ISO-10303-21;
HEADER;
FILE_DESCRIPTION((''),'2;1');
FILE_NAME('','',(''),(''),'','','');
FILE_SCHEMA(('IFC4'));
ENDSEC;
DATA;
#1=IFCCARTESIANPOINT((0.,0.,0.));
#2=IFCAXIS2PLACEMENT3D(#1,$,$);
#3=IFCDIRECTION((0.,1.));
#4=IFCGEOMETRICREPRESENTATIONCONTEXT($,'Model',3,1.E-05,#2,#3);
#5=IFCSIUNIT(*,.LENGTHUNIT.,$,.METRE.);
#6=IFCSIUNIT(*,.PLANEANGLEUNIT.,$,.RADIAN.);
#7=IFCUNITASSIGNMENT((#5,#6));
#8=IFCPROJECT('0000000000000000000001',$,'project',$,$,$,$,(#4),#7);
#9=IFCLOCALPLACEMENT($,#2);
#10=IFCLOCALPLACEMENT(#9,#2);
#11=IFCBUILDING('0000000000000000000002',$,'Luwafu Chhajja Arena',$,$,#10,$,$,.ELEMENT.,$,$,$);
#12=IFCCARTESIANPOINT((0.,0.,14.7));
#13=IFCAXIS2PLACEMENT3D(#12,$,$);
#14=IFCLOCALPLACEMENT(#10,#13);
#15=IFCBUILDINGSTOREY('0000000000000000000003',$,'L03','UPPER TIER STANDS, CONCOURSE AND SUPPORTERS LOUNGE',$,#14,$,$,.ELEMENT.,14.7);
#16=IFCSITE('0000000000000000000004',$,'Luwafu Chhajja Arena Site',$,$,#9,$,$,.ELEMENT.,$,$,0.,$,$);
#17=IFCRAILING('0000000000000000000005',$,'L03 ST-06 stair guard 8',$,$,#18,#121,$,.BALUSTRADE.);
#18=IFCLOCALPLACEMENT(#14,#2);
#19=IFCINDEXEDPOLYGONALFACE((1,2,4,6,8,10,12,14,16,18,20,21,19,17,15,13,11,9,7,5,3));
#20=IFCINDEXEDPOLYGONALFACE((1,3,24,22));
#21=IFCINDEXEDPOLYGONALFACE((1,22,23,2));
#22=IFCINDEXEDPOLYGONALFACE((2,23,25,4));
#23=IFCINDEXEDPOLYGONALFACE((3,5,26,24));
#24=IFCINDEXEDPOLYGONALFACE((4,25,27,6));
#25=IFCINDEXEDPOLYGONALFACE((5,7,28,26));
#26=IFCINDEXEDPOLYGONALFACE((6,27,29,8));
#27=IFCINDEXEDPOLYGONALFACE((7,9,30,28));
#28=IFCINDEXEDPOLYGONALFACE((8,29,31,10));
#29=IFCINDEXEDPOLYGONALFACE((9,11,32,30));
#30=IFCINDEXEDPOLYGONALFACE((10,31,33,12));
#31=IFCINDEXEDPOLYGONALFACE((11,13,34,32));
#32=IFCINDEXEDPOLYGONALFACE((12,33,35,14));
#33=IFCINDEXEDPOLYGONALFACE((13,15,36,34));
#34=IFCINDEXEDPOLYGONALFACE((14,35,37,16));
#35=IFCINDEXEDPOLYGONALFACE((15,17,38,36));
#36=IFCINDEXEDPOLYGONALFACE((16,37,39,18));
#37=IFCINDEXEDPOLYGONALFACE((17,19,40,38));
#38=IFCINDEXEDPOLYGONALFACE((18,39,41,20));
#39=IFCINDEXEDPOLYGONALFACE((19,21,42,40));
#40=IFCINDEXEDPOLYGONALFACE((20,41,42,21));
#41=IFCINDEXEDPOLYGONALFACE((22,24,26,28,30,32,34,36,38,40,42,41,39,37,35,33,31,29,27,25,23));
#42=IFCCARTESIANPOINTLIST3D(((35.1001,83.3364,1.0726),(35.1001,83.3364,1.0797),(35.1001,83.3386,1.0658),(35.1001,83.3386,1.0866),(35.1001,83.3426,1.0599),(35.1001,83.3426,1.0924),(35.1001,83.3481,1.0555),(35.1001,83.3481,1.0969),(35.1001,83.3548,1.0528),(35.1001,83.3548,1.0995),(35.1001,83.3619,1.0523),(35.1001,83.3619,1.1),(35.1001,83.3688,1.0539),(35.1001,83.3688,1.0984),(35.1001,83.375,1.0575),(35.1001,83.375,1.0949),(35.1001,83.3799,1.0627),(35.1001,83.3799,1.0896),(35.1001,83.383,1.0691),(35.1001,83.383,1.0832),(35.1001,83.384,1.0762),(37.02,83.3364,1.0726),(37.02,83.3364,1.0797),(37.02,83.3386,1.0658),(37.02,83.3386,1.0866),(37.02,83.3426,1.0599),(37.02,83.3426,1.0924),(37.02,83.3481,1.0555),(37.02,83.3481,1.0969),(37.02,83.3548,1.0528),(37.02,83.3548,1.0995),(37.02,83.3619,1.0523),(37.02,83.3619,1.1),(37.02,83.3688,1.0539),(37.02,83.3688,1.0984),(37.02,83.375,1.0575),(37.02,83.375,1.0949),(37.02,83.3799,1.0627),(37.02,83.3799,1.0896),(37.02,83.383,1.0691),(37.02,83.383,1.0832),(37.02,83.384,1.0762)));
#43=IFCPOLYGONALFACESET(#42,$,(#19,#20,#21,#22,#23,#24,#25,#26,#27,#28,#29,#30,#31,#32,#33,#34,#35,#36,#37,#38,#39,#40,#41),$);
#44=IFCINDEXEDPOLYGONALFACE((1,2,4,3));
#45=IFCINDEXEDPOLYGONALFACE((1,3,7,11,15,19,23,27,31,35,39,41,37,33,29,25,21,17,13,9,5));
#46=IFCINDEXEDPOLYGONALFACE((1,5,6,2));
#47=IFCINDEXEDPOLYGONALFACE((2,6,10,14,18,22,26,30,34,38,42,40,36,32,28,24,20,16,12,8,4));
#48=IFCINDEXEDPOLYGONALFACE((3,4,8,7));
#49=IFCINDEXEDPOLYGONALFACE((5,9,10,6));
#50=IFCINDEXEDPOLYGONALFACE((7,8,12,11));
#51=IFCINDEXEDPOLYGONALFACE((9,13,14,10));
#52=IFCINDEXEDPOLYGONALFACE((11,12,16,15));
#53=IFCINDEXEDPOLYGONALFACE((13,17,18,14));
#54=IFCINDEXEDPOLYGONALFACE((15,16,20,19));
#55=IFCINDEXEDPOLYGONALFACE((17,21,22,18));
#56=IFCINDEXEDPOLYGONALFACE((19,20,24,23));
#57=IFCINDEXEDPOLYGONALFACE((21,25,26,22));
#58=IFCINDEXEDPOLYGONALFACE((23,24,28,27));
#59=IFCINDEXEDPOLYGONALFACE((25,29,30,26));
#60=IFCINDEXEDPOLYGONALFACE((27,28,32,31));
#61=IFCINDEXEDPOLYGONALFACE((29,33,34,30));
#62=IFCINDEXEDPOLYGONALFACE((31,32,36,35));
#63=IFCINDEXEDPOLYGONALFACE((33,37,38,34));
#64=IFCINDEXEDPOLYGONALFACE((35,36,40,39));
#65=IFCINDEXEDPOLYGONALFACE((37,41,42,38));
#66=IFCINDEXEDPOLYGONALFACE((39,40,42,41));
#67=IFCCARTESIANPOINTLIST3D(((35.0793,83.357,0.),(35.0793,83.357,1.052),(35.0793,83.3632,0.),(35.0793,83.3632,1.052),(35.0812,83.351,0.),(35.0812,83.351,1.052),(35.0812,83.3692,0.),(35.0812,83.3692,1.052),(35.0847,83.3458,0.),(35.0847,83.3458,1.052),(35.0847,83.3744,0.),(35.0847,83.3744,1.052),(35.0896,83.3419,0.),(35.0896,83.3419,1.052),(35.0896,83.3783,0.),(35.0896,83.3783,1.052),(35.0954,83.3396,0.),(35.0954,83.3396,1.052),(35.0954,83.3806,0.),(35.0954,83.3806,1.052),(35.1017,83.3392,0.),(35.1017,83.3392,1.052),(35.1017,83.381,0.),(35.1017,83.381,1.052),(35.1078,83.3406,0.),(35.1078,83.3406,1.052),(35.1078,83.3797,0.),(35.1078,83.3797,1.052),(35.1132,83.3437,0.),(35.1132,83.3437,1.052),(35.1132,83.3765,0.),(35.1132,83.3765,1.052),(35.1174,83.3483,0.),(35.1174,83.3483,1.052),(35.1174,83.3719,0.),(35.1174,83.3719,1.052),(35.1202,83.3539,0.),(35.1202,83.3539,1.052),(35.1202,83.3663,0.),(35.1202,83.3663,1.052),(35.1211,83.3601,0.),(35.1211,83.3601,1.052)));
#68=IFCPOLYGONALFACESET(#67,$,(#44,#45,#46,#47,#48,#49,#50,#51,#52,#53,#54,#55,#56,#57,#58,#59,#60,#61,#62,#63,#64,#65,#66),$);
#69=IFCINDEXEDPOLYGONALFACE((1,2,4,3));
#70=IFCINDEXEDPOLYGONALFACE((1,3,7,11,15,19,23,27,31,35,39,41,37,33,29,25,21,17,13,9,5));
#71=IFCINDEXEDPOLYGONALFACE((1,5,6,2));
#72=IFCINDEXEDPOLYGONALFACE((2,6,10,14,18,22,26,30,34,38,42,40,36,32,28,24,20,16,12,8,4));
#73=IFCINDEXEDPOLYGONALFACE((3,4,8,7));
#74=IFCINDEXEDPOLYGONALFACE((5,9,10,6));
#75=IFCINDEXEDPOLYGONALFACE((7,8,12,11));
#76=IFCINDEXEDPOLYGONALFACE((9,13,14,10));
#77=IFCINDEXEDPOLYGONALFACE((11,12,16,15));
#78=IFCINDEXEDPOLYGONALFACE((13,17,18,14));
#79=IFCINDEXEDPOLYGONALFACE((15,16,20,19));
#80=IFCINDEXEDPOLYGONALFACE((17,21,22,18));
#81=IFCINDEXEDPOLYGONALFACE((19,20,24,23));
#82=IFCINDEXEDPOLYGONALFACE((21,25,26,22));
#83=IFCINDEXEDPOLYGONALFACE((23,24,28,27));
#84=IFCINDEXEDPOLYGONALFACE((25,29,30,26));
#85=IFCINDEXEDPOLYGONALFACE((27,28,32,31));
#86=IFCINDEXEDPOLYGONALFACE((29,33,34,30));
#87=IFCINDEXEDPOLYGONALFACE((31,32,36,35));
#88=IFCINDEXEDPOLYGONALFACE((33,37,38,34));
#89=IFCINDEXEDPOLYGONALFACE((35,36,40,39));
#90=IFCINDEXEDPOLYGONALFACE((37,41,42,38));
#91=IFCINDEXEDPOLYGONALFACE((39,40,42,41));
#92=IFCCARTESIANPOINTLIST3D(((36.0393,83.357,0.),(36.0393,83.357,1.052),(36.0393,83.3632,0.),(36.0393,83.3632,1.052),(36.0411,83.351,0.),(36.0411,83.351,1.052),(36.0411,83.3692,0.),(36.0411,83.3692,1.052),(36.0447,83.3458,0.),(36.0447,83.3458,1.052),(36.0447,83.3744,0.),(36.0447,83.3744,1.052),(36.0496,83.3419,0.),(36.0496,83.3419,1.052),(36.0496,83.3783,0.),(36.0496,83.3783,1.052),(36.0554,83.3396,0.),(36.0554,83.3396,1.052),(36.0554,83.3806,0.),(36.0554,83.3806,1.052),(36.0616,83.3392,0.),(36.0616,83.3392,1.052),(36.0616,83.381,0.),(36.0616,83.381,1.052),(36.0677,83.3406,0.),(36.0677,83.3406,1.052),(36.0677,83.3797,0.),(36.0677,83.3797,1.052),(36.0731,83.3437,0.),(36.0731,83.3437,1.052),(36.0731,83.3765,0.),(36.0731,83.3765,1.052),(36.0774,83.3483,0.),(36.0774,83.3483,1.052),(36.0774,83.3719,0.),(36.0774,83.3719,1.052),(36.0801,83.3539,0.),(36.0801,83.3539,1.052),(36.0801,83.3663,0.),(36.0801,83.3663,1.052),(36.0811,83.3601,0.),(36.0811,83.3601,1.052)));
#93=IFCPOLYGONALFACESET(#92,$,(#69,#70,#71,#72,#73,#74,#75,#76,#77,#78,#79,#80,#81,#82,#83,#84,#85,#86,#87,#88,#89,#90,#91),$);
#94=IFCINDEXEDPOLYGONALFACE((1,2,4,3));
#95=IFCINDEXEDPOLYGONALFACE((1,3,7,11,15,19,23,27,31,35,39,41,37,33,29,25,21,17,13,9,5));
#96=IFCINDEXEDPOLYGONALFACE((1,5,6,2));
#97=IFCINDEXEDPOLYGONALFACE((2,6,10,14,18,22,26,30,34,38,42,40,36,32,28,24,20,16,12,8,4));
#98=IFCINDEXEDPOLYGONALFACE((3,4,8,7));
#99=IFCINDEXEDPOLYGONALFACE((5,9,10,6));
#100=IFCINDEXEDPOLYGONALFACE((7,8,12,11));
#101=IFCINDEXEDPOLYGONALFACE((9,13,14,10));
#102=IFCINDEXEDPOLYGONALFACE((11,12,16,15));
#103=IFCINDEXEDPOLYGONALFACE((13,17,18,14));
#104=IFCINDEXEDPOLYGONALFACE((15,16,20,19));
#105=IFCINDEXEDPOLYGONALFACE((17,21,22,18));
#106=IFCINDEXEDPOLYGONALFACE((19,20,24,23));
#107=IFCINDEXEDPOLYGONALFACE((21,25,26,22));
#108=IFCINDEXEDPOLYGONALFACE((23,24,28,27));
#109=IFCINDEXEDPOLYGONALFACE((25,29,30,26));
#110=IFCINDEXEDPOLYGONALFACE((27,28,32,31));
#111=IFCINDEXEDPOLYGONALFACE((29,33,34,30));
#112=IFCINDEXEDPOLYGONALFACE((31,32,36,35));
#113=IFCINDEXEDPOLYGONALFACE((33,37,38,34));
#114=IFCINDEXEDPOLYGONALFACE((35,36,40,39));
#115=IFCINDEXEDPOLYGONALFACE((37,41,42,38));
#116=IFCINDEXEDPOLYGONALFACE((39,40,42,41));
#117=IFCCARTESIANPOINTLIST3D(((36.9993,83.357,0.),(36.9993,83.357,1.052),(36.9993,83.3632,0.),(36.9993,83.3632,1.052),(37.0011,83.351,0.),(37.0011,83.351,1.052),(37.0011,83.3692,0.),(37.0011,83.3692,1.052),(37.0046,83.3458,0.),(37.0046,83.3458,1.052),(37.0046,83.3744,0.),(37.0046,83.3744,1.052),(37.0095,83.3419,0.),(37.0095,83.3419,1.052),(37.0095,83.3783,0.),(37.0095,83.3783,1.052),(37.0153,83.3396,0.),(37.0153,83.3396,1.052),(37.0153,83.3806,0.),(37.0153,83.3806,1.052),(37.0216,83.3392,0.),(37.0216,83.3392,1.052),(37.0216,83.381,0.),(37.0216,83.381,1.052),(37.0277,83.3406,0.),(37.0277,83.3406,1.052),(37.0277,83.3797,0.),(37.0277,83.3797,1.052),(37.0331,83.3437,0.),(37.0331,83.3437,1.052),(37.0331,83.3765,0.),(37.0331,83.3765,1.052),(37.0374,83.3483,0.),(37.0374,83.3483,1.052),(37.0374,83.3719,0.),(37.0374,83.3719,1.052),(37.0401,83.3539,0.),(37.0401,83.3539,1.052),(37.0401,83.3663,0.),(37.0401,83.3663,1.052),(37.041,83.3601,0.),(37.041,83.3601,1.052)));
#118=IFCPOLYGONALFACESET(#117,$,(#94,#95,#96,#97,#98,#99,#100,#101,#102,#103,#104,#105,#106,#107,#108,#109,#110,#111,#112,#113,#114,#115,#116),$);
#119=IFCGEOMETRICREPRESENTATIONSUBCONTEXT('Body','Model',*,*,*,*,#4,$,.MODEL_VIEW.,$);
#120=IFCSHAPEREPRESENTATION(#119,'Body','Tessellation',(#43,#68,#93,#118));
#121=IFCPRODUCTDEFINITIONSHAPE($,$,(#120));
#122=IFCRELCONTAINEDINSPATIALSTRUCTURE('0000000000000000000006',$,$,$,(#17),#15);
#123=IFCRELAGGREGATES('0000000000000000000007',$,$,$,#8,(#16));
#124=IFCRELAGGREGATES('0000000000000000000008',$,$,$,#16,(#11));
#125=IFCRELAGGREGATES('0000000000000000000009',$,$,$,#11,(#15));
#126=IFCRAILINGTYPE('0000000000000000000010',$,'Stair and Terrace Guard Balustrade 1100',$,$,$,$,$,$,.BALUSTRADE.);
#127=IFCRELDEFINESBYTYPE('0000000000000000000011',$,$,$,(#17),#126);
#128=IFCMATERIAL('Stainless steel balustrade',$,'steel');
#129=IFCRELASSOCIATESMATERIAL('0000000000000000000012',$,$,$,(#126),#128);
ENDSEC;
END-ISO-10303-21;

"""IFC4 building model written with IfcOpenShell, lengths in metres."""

from ifc_helpers import new_model, si_unit, direction, frame, origin, origin_2d, place, context, subcontext, project, spatial, circle, extrude, material, type_object, element, save


model = new_model("IFC4")

# Units and contexts
model_context = context("Model", 3, precision=1e-05, world=origin(), true_north=direction((0.0, 1.0)))
body_context = subcontext(model_context, "Body", "Model", "MODEL_VIEW")
ifc_project = project(units=[si_unit("LENGTHUNIT", "METRE"), si_unit("PLANEANGLEUNIT", "RADIAN")], contexts=[model_context])

# Site, building, storey
site_placement = place(None, origin())
site = spatial("IfcSite", under=ifc_project, at=site_placement, Name="Luwafu Chhajja Arena Site", CompositionType="ELEMENT", RefElevation=0.0)
building_placement = place(site_placement, origin())
building = spatial("IfcBuilding", under=site, at=building_placement, Name="Luwafu Chhajja Arena", CompositionType="ELEMENT")
storey_placement = place(building_placement, frame((0.0, 0.0, 14.7)))
storey = spatial("IfcBuildingStorey", under=building, at=storey_placement, Name="L03", Description="UPPER TIER STANDS, CONCOURSE AND SUPPORTERS LOUNGE", CompositionType="ELEMENT", Elevation=14.7)

# Railing
ifc_material_1 = material(Name="Stainless steel balustrade", Category="steel")
railing_type_1 = type_object("IfcRailingType", Name="Stair and Terrace Guard Balustrade 1100", PredefinedType="BALUSTRADE", material=ifc_material_1)
railing_1_placement = place(storey_placement, frame((35.1001, 83.3601, 0.0)))
element("IfcRailing", 1, at=railing_1_placement, inside=storey, type_object=railing_type_1, Name="L03 ST-06 stair guard 8", PredefinedType="BALUSTRADE", context=body_context, shape_type="SweptSolid", body=[
    extrude(circle(Radius=0.0239, at=origin_2d()), frame((0.0, 0.0, 1.0762), z_axis=(1.0, 0.0, 0.0), x_axis=(0.0, 1.0, 0.0)), (0.0, 0.0, 1.0), 1.9199),
    extrude(circle(Radius=0.021, at=origin_2d()), origin(), (0.0, 0.0, 1.0), 1.052),
    extrude(circle(Radius=0.021, at=origin_2d()), frame((0.96, 0.0, 0.0)), (0.0, 0.0, 1.0), 1.052),
    extrude(circle(Radius=0.021, at=origin_2d()), frame((1.9199, 0.0, 0.0)), (0.0, 0.0, 1.0), 1.052),
])

save(model, "model.ifc")
